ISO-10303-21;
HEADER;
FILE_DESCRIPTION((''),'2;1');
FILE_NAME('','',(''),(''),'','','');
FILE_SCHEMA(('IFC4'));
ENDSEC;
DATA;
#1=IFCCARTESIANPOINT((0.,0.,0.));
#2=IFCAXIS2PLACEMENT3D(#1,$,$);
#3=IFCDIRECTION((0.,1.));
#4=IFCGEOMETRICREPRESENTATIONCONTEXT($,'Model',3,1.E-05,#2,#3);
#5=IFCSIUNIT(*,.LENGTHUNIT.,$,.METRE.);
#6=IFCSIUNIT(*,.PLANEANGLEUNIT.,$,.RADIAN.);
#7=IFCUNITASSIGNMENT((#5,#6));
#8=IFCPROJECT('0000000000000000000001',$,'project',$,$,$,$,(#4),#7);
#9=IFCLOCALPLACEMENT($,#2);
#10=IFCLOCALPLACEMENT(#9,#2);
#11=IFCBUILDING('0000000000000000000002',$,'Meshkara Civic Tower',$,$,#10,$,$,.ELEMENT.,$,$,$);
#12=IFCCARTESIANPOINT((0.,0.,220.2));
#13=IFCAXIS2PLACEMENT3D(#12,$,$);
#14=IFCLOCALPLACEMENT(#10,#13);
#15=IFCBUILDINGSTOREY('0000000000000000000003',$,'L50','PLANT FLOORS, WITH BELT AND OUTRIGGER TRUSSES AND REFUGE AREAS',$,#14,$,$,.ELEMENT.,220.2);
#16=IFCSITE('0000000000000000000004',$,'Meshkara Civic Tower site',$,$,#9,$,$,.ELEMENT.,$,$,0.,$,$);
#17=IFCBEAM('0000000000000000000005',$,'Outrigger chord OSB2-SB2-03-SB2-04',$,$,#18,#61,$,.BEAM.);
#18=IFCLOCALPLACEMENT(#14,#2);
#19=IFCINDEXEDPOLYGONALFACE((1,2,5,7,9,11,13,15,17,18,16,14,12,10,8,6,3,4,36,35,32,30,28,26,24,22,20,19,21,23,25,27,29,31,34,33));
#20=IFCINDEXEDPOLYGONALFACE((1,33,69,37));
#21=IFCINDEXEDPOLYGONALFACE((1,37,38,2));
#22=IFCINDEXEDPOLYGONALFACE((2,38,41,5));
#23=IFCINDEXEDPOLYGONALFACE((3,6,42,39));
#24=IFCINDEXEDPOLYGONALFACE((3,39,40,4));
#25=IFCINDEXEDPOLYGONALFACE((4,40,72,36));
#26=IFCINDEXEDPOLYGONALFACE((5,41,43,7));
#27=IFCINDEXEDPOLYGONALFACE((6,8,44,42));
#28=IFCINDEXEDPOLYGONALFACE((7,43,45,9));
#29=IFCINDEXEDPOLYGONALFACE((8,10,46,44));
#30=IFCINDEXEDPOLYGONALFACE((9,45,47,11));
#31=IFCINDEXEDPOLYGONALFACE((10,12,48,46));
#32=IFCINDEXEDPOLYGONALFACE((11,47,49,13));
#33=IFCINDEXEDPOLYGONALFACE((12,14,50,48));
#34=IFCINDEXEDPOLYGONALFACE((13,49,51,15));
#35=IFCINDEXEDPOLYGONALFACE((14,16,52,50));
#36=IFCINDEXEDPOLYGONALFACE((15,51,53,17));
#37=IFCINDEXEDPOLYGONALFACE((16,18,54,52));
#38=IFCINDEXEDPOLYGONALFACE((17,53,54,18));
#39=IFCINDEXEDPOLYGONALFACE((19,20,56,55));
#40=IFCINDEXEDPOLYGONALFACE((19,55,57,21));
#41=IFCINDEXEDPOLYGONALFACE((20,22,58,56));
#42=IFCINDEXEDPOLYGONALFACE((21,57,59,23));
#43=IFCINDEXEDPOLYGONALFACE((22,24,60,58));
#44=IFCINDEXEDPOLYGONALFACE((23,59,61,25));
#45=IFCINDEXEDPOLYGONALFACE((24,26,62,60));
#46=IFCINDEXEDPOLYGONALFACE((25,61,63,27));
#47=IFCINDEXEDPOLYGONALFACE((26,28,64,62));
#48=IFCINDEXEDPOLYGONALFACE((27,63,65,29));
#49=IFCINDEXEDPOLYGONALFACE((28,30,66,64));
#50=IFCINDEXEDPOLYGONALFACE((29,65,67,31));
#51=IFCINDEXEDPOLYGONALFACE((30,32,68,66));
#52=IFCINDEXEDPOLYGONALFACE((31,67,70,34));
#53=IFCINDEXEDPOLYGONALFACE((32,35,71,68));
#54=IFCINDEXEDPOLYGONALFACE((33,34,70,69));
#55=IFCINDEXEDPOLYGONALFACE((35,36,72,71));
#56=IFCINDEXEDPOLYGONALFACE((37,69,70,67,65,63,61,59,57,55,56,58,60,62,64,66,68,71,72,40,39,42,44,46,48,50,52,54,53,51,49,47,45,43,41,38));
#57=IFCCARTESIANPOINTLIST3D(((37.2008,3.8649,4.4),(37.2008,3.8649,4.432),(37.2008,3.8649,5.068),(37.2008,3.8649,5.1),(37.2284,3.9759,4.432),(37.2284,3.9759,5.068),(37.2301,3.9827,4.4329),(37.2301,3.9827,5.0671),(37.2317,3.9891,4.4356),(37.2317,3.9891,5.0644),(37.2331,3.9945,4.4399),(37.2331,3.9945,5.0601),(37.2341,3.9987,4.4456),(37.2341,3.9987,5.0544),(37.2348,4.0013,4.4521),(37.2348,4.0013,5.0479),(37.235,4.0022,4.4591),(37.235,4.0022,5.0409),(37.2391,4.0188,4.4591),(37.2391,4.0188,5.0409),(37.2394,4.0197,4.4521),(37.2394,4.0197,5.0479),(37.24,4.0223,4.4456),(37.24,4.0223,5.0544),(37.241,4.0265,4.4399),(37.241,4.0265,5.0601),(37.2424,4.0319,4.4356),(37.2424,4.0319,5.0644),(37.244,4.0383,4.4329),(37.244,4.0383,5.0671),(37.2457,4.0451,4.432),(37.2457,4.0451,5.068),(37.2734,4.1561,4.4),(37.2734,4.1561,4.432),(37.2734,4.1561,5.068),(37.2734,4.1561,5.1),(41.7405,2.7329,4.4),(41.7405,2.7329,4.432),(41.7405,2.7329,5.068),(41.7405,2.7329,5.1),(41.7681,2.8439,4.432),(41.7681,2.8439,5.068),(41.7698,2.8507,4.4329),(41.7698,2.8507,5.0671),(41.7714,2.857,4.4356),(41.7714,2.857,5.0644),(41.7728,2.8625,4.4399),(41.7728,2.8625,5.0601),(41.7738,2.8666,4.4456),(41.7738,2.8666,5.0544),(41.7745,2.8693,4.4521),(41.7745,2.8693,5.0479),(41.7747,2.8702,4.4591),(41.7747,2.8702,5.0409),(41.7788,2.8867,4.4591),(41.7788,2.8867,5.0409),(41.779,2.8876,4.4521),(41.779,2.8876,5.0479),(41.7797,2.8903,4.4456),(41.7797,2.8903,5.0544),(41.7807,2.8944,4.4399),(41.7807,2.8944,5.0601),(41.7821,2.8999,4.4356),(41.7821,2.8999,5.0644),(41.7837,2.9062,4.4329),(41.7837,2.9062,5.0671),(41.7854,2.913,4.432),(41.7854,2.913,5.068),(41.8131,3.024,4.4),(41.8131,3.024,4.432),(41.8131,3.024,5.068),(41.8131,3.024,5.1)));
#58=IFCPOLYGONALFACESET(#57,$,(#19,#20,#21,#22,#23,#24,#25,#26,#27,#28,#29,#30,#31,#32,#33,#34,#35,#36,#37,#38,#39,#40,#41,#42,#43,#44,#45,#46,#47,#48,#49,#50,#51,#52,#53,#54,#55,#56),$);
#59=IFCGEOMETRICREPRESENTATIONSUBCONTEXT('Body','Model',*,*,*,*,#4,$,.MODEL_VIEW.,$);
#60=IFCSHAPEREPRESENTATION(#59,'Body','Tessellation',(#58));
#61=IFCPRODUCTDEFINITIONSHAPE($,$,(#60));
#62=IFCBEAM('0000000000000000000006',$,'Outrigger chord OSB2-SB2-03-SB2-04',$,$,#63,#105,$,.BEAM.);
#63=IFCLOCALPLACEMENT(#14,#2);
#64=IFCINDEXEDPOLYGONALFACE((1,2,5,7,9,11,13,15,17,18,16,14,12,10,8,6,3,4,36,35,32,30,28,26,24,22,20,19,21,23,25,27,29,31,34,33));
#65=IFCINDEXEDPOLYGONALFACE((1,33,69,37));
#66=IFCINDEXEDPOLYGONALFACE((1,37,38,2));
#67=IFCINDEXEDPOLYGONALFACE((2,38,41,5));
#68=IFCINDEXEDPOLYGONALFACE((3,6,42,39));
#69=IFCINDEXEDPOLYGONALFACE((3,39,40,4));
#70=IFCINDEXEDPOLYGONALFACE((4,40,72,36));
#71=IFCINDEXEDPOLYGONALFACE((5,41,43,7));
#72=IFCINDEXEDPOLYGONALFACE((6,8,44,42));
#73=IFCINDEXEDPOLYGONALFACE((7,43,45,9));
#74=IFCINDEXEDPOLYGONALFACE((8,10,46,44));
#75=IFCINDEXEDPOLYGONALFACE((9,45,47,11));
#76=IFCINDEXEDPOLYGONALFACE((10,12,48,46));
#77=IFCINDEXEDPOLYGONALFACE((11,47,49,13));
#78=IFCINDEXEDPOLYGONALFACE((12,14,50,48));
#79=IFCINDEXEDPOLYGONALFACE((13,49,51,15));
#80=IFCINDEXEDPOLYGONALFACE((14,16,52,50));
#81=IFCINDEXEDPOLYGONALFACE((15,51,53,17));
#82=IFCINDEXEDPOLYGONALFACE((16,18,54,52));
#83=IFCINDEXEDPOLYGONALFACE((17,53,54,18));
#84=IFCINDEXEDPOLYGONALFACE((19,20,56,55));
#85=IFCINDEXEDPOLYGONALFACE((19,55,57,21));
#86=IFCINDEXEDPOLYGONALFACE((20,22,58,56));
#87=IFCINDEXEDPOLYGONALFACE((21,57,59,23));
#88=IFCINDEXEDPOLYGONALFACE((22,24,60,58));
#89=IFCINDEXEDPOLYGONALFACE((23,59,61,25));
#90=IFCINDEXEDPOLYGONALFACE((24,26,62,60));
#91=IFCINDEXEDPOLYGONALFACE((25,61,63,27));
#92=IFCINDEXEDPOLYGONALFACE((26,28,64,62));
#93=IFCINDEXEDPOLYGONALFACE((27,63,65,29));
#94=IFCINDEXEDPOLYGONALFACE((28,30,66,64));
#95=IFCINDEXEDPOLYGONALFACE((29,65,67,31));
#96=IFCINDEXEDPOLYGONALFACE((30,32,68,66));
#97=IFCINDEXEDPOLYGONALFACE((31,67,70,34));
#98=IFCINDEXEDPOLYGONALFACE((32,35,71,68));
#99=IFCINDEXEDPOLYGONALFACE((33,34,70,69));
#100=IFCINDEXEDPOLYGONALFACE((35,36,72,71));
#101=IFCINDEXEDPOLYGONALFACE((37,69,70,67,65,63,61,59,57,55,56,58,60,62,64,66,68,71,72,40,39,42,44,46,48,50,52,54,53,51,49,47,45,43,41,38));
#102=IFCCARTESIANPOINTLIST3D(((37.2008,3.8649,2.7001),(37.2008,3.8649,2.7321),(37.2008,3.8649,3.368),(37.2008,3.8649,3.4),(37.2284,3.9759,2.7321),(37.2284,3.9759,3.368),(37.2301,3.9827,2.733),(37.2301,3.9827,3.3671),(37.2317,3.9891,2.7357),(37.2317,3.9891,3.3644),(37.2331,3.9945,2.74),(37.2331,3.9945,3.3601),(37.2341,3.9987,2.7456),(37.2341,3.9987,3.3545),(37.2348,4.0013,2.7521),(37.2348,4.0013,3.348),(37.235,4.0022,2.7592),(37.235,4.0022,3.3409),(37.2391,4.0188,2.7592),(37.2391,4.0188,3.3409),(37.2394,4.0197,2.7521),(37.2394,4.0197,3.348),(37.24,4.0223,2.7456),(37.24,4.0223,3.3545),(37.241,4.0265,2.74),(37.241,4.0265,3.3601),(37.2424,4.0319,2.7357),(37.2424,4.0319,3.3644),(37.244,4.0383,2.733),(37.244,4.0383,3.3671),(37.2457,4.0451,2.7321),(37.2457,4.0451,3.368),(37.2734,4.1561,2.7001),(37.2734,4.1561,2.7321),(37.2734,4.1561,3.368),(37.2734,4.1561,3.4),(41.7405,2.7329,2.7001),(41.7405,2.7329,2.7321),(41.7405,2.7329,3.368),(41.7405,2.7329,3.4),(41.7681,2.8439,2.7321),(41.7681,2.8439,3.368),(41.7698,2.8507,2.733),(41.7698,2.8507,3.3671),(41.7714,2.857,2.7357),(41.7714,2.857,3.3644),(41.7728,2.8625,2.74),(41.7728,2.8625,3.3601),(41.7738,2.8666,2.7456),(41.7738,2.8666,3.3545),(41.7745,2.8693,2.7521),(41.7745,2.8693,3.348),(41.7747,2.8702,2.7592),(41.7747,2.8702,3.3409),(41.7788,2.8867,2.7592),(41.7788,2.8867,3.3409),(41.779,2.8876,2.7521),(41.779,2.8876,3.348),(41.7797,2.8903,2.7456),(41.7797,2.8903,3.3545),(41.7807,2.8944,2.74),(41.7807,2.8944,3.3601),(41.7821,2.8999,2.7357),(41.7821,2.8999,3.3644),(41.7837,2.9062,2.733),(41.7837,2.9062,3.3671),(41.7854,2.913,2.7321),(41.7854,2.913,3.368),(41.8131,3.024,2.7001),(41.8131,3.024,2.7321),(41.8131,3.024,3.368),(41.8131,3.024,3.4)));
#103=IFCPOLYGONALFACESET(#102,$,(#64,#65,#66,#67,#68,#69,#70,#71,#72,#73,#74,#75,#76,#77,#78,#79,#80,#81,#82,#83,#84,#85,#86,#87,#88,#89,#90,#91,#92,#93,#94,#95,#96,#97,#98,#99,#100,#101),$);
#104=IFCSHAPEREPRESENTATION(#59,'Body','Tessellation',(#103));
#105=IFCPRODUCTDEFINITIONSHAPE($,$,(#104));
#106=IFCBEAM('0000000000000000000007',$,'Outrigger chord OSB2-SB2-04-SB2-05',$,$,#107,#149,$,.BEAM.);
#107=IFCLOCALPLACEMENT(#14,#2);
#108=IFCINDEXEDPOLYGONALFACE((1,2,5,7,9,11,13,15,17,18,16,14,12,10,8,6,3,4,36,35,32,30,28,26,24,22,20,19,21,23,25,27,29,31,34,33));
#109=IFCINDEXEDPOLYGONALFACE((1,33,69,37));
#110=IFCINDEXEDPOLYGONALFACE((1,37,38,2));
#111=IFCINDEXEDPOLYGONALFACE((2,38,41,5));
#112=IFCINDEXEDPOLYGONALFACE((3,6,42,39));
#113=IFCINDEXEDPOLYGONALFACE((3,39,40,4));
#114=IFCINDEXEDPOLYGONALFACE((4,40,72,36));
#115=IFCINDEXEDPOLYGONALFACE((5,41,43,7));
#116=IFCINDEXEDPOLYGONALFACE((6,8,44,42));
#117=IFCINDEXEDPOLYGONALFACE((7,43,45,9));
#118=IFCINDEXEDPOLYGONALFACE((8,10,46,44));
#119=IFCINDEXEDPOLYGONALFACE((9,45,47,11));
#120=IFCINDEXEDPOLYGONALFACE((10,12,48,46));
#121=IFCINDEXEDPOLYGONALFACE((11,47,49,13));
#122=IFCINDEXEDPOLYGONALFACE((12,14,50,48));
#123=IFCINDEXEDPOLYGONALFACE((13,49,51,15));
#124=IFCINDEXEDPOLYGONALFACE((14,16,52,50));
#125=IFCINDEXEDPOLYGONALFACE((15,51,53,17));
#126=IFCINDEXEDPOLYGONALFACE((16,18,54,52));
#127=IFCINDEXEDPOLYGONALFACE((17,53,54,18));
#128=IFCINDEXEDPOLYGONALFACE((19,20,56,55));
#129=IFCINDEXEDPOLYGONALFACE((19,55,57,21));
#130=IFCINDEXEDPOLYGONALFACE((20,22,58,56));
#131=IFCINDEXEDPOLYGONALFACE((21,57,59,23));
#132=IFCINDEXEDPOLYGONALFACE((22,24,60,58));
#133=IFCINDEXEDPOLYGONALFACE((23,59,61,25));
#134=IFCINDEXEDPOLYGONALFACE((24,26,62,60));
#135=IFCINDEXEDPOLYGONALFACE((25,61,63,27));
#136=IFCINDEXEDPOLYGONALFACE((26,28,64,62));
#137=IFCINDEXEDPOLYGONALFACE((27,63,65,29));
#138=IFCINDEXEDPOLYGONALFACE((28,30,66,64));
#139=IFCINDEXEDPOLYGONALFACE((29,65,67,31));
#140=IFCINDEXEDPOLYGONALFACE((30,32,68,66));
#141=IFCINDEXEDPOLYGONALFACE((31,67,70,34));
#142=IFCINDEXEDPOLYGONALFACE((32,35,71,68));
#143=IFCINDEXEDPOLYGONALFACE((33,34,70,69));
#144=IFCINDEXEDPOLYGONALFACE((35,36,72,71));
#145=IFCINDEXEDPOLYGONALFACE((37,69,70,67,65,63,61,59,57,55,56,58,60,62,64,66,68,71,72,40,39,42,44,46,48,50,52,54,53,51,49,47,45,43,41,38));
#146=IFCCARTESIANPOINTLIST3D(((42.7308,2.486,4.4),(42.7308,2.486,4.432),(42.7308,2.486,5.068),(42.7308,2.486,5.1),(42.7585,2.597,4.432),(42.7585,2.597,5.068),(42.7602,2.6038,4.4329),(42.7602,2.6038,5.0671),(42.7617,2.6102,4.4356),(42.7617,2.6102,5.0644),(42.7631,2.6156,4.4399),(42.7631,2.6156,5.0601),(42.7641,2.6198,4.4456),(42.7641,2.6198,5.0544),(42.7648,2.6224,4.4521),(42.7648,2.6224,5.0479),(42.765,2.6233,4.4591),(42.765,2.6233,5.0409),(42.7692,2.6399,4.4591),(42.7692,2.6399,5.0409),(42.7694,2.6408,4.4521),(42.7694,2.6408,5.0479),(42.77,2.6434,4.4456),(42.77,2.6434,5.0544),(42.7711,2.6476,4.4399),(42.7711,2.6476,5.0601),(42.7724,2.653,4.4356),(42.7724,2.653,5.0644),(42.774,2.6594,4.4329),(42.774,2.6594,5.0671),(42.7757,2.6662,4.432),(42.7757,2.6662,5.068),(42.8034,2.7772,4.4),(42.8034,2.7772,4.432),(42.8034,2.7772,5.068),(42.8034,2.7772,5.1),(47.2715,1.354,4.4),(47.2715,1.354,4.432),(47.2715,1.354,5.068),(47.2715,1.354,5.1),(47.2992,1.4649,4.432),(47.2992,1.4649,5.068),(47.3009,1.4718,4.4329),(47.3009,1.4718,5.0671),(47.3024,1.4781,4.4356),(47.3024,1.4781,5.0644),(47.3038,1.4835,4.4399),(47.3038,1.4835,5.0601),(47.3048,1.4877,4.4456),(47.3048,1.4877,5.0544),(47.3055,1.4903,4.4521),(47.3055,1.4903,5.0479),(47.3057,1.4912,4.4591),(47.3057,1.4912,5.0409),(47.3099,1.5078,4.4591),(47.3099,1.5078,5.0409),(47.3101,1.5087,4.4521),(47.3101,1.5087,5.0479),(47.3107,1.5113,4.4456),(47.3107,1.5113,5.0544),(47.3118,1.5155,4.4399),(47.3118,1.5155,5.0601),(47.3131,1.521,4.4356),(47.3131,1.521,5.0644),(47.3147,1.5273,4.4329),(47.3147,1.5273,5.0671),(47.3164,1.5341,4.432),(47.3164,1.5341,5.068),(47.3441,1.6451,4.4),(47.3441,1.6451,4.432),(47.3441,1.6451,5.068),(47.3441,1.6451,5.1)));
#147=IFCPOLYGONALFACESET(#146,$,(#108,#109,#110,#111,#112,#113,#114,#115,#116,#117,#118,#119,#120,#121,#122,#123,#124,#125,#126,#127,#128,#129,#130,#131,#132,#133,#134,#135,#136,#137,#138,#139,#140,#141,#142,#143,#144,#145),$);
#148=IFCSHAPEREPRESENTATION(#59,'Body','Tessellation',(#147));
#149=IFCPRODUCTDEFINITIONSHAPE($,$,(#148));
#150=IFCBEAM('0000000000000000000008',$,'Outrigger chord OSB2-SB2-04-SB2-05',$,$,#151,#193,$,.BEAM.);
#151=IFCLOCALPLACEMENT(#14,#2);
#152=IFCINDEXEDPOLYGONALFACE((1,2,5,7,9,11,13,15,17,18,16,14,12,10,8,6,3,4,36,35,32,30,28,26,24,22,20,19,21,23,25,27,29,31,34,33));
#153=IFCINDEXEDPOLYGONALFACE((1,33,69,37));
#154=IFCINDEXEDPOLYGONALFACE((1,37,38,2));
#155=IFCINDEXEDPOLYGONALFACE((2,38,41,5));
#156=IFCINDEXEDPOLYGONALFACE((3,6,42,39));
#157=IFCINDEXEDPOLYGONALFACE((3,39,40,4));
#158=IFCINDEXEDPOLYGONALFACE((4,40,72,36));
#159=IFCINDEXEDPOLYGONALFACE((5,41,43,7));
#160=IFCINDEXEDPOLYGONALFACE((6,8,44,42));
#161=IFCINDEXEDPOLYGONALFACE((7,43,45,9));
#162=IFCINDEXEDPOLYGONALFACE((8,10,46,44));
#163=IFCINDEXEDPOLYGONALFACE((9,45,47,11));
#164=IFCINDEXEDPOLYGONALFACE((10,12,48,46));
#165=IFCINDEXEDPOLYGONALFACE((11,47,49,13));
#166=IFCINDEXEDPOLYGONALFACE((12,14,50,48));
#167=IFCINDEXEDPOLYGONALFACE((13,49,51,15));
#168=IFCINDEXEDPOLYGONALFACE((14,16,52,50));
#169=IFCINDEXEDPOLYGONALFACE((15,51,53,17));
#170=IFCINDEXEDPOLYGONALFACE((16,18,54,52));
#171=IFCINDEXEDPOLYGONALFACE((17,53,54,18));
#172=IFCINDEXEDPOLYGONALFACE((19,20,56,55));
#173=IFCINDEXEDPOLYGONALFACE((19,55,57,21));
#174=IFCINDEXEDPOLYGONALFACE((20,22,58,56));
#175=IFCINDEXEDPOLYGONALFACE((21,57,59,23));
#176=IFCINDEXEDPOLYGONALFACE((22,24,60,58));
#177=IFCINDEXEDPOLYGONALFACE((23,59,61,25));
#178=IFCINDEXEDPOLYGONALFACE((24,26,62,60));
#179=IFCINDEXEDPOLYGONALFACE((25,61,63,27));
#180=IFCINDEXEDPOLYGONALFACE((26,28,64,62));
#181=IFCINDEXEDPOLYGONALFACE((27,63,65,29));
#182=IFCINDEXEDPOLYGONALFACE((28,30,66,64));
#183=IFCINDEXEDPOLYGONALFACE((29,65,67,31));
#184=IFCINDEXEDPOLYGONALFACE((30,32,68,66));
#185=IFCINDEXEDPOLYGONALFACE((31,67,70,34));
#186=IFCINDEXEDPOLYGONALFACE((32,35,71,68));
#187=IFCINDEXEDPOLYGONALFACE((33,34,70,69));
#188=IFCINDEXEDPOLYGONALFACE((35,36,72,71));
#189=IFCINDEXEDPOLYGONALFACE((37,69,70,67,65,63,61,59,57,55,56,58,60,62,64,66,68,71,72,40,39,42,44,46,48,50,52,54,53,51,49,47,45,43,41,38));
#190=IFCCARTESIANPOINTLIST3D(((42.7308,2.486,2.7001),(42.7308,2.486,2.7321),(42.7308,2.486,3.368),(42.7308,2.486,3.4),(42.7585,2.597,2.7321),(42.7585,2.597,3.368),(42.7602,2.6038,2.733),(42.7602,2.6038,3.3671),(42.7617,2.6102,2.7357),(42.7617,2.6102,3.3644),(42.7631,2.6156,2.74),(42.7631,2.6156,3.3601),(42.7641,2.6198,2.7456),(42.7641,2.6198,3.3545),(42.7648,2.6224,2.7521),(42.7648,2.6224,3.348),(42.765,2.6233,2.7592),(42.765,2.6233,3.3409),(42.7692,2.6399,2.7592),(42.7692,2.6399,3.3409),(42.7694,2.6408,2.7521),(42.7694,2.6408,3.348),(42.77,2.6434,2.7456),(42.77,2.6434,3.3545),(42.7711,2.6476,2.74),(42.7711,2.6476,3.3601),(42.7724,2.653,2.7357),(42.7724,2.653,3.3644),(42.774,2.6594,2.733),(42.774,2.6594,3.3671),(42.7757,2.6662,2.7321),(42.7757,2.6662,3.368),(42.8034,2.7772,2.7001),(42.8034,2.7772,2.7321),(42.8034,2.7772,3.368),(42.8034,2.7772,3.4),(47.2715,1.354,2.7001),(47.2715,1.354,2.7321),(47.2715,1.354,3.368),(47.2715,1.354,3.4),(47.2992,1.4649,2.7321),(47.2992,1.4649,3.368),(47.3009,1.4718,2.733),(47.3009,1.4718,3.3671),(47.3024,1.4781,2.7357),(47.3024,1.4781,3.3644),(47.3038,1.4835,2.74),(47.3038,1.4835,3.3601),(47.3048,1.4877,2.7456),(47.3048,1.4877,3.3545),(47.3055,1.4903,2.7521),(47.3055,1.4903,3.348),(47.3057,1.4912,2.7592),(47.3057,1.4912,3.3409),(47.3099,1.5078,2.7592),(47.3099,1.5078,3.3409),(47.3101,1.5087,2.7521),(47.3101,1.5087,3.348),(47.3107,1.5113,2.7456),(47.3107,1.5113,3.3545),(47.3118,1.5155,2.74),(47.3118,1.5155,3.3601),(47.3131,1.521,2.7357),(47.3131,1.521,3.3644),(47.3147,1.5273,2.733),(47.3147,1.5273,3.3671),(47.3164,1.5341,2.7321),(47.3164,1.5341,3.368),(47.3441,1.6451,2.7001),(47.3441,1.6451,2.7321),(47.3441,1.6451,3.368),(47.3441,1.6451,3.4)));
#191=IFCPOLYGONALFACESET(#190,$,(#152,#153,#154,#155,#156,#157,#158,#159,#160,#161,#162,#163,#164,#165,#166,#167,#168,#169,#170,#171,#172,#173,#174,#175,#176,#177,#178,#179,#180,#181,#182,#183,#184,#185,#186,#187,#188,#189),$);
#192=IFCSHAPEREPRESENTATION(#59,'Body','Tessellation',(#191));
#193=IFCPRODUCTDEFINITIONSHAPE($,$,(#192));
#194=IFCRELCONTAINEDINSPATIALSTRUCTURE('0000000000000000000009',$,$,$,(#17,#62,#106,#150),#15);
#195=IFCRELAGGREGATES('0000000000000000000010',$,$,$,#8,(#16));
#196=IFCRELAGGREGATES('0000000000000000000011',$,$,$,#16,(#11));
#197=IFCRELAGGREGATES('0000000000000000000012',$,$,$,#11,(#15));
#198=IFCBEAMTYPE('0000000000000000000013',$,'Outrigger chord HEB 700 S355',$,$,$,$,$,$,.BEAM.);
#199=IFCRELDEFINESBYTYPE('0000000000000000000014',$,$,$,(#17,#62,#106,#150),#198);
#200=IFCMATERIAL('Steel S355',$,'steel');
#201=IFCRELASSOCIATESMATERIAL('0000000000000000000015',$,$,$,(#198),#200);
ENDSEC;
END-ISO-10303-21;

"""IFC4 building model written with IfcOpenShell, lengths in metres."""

from ifc_helpers import new_model, si_unit, direction, frame, origin, origin_2d, place, context, subcontext, project, spatial, i_section, extrude, material, material_profile, profile_set, type_object, element, save


model = new_model("IFC4")

# Units and contexts
model_context = context("Model", 3, precision=1e-05, world=origin(), true_north=direction((0.0, 1.0)))
body_context = subcontext(model_context, "Body", "Model", "MODEL_VIEW")
ifc_project = project(units=[si_unit("LENGTHUNIT", "METRE"), si_unit("PLANEANGLEUNIT", "RADIAN")], contexts=[model_context])

# Site, building, storey
site_placement = place(None, origin())
site = spatial("IfcSite", under=ifc_project, at=site_placement, Name="Meshkara Civic Tower site", CompositionType="ELEMENT", RefElevation=0.0)
building_placement = place(site_placement, origin())
building = spatial("IfcBuilding", under=site, at=building_placement, Name="Meshkara Civic Tower", CompositionType="ELEMENT")
storey_placement = place(building_placement, frame((0.0, 0.0, 220.2)))
storey = spatial("IfcBuildingStorey", under=building, at=storey_placement, Name="L50", Description="PLANT FLOORS, WITH BELT AND OUTRIGGER TRUSSES AND REFUGE AREAS", CompositionType="ELEMENT", Elevation=220.2)

# Beams
ifc_material_1 = material(Name="Steel S355", Category="steel")
ifc_material_profile_1 = material_profile(ifc_material_1, i_section(OverallWidth=0.3, OverallDepth=0.7, WebThickness=0.0171, FlangeThickness=0.032, FilletRadius=0.0271, at=origin_2d()))
ifc_profile_set_1 = profile_set([ifc_material_profile_1], Name="Steel S355")
beam_type = type_object("IfcBeamType", Name="Outrigger chord HEB 700 S355", PredefinedType="BEAM", material=ifc_profile_set_1)
for number, where, z_axis, x_axis, name in (
    (1, (37.2371, 4.0105, 4.75), (0.970287, -0.241959, 0.0), (0.241959, 0.970287, 0.0), "Outrigger chord OSB2-SB2-03-SB2-04"),
    (2, (37.2371, 4.0105, 3.05), (0.970287, -0.241959, 0.0), (0.241959, 0.970287, 0.0), "Outrigger chord OSB2-SB2-03-SB2-04"),
):
    element("IfcBeam", number, at=place(storey_placement, frame(where, z_axis=z_axis, x_axis=x_axis)), inside=storey, type_object=beam_type, Name=name, PredefinedType="BEAM", context=body_context, shape_type="SweptSolid", body=[
        extrude(i_section(OverallWidth=0.3, OverallDepth=0.7, WebThickness=0.0171, FlangeThickness=0.032, FilletRadius=0.0271, at=origin_2d()), origin(), (0.0, 0.0, 1.0), 4.6787),
    ])
for number, where, z_axis, x_axis, name in (
    (3, (42.7671, 2.6316, 4.75), (0.970299, -0.24191, 0.0), (0.24191, 0.970299, 0.0), "Outrigger chord OSB2-SB2-04-SB2-05"),
    (4, (42.7671, 2.6316, 3.05), (0.970299, -0.24191, 0.0), (0.24191, 0.970299, 0.0), "Outrigger chord OSB2-SB2-04-SB2-05"),
):
    element("IfcBeam", number, at=place(storey_placement, frame(where, z_axis=z_axis, x_axis=x_axis)), inside=storey, type_object=beam_type, Name=name, PredefinedType="BEAM", context=body_context, shape_type="SweptSolid", body=[
        extrude(i_section(OverallWidth=0.3, OverallDepth=0.7, WebThickness=0.0171, FlangeThickness=0.032, FilletRadius=0.0271, at=origin_2d()), origin(), (0.0, 0.0, 1.0), 4.6797),
    ])

save(model, "model.ifc")
